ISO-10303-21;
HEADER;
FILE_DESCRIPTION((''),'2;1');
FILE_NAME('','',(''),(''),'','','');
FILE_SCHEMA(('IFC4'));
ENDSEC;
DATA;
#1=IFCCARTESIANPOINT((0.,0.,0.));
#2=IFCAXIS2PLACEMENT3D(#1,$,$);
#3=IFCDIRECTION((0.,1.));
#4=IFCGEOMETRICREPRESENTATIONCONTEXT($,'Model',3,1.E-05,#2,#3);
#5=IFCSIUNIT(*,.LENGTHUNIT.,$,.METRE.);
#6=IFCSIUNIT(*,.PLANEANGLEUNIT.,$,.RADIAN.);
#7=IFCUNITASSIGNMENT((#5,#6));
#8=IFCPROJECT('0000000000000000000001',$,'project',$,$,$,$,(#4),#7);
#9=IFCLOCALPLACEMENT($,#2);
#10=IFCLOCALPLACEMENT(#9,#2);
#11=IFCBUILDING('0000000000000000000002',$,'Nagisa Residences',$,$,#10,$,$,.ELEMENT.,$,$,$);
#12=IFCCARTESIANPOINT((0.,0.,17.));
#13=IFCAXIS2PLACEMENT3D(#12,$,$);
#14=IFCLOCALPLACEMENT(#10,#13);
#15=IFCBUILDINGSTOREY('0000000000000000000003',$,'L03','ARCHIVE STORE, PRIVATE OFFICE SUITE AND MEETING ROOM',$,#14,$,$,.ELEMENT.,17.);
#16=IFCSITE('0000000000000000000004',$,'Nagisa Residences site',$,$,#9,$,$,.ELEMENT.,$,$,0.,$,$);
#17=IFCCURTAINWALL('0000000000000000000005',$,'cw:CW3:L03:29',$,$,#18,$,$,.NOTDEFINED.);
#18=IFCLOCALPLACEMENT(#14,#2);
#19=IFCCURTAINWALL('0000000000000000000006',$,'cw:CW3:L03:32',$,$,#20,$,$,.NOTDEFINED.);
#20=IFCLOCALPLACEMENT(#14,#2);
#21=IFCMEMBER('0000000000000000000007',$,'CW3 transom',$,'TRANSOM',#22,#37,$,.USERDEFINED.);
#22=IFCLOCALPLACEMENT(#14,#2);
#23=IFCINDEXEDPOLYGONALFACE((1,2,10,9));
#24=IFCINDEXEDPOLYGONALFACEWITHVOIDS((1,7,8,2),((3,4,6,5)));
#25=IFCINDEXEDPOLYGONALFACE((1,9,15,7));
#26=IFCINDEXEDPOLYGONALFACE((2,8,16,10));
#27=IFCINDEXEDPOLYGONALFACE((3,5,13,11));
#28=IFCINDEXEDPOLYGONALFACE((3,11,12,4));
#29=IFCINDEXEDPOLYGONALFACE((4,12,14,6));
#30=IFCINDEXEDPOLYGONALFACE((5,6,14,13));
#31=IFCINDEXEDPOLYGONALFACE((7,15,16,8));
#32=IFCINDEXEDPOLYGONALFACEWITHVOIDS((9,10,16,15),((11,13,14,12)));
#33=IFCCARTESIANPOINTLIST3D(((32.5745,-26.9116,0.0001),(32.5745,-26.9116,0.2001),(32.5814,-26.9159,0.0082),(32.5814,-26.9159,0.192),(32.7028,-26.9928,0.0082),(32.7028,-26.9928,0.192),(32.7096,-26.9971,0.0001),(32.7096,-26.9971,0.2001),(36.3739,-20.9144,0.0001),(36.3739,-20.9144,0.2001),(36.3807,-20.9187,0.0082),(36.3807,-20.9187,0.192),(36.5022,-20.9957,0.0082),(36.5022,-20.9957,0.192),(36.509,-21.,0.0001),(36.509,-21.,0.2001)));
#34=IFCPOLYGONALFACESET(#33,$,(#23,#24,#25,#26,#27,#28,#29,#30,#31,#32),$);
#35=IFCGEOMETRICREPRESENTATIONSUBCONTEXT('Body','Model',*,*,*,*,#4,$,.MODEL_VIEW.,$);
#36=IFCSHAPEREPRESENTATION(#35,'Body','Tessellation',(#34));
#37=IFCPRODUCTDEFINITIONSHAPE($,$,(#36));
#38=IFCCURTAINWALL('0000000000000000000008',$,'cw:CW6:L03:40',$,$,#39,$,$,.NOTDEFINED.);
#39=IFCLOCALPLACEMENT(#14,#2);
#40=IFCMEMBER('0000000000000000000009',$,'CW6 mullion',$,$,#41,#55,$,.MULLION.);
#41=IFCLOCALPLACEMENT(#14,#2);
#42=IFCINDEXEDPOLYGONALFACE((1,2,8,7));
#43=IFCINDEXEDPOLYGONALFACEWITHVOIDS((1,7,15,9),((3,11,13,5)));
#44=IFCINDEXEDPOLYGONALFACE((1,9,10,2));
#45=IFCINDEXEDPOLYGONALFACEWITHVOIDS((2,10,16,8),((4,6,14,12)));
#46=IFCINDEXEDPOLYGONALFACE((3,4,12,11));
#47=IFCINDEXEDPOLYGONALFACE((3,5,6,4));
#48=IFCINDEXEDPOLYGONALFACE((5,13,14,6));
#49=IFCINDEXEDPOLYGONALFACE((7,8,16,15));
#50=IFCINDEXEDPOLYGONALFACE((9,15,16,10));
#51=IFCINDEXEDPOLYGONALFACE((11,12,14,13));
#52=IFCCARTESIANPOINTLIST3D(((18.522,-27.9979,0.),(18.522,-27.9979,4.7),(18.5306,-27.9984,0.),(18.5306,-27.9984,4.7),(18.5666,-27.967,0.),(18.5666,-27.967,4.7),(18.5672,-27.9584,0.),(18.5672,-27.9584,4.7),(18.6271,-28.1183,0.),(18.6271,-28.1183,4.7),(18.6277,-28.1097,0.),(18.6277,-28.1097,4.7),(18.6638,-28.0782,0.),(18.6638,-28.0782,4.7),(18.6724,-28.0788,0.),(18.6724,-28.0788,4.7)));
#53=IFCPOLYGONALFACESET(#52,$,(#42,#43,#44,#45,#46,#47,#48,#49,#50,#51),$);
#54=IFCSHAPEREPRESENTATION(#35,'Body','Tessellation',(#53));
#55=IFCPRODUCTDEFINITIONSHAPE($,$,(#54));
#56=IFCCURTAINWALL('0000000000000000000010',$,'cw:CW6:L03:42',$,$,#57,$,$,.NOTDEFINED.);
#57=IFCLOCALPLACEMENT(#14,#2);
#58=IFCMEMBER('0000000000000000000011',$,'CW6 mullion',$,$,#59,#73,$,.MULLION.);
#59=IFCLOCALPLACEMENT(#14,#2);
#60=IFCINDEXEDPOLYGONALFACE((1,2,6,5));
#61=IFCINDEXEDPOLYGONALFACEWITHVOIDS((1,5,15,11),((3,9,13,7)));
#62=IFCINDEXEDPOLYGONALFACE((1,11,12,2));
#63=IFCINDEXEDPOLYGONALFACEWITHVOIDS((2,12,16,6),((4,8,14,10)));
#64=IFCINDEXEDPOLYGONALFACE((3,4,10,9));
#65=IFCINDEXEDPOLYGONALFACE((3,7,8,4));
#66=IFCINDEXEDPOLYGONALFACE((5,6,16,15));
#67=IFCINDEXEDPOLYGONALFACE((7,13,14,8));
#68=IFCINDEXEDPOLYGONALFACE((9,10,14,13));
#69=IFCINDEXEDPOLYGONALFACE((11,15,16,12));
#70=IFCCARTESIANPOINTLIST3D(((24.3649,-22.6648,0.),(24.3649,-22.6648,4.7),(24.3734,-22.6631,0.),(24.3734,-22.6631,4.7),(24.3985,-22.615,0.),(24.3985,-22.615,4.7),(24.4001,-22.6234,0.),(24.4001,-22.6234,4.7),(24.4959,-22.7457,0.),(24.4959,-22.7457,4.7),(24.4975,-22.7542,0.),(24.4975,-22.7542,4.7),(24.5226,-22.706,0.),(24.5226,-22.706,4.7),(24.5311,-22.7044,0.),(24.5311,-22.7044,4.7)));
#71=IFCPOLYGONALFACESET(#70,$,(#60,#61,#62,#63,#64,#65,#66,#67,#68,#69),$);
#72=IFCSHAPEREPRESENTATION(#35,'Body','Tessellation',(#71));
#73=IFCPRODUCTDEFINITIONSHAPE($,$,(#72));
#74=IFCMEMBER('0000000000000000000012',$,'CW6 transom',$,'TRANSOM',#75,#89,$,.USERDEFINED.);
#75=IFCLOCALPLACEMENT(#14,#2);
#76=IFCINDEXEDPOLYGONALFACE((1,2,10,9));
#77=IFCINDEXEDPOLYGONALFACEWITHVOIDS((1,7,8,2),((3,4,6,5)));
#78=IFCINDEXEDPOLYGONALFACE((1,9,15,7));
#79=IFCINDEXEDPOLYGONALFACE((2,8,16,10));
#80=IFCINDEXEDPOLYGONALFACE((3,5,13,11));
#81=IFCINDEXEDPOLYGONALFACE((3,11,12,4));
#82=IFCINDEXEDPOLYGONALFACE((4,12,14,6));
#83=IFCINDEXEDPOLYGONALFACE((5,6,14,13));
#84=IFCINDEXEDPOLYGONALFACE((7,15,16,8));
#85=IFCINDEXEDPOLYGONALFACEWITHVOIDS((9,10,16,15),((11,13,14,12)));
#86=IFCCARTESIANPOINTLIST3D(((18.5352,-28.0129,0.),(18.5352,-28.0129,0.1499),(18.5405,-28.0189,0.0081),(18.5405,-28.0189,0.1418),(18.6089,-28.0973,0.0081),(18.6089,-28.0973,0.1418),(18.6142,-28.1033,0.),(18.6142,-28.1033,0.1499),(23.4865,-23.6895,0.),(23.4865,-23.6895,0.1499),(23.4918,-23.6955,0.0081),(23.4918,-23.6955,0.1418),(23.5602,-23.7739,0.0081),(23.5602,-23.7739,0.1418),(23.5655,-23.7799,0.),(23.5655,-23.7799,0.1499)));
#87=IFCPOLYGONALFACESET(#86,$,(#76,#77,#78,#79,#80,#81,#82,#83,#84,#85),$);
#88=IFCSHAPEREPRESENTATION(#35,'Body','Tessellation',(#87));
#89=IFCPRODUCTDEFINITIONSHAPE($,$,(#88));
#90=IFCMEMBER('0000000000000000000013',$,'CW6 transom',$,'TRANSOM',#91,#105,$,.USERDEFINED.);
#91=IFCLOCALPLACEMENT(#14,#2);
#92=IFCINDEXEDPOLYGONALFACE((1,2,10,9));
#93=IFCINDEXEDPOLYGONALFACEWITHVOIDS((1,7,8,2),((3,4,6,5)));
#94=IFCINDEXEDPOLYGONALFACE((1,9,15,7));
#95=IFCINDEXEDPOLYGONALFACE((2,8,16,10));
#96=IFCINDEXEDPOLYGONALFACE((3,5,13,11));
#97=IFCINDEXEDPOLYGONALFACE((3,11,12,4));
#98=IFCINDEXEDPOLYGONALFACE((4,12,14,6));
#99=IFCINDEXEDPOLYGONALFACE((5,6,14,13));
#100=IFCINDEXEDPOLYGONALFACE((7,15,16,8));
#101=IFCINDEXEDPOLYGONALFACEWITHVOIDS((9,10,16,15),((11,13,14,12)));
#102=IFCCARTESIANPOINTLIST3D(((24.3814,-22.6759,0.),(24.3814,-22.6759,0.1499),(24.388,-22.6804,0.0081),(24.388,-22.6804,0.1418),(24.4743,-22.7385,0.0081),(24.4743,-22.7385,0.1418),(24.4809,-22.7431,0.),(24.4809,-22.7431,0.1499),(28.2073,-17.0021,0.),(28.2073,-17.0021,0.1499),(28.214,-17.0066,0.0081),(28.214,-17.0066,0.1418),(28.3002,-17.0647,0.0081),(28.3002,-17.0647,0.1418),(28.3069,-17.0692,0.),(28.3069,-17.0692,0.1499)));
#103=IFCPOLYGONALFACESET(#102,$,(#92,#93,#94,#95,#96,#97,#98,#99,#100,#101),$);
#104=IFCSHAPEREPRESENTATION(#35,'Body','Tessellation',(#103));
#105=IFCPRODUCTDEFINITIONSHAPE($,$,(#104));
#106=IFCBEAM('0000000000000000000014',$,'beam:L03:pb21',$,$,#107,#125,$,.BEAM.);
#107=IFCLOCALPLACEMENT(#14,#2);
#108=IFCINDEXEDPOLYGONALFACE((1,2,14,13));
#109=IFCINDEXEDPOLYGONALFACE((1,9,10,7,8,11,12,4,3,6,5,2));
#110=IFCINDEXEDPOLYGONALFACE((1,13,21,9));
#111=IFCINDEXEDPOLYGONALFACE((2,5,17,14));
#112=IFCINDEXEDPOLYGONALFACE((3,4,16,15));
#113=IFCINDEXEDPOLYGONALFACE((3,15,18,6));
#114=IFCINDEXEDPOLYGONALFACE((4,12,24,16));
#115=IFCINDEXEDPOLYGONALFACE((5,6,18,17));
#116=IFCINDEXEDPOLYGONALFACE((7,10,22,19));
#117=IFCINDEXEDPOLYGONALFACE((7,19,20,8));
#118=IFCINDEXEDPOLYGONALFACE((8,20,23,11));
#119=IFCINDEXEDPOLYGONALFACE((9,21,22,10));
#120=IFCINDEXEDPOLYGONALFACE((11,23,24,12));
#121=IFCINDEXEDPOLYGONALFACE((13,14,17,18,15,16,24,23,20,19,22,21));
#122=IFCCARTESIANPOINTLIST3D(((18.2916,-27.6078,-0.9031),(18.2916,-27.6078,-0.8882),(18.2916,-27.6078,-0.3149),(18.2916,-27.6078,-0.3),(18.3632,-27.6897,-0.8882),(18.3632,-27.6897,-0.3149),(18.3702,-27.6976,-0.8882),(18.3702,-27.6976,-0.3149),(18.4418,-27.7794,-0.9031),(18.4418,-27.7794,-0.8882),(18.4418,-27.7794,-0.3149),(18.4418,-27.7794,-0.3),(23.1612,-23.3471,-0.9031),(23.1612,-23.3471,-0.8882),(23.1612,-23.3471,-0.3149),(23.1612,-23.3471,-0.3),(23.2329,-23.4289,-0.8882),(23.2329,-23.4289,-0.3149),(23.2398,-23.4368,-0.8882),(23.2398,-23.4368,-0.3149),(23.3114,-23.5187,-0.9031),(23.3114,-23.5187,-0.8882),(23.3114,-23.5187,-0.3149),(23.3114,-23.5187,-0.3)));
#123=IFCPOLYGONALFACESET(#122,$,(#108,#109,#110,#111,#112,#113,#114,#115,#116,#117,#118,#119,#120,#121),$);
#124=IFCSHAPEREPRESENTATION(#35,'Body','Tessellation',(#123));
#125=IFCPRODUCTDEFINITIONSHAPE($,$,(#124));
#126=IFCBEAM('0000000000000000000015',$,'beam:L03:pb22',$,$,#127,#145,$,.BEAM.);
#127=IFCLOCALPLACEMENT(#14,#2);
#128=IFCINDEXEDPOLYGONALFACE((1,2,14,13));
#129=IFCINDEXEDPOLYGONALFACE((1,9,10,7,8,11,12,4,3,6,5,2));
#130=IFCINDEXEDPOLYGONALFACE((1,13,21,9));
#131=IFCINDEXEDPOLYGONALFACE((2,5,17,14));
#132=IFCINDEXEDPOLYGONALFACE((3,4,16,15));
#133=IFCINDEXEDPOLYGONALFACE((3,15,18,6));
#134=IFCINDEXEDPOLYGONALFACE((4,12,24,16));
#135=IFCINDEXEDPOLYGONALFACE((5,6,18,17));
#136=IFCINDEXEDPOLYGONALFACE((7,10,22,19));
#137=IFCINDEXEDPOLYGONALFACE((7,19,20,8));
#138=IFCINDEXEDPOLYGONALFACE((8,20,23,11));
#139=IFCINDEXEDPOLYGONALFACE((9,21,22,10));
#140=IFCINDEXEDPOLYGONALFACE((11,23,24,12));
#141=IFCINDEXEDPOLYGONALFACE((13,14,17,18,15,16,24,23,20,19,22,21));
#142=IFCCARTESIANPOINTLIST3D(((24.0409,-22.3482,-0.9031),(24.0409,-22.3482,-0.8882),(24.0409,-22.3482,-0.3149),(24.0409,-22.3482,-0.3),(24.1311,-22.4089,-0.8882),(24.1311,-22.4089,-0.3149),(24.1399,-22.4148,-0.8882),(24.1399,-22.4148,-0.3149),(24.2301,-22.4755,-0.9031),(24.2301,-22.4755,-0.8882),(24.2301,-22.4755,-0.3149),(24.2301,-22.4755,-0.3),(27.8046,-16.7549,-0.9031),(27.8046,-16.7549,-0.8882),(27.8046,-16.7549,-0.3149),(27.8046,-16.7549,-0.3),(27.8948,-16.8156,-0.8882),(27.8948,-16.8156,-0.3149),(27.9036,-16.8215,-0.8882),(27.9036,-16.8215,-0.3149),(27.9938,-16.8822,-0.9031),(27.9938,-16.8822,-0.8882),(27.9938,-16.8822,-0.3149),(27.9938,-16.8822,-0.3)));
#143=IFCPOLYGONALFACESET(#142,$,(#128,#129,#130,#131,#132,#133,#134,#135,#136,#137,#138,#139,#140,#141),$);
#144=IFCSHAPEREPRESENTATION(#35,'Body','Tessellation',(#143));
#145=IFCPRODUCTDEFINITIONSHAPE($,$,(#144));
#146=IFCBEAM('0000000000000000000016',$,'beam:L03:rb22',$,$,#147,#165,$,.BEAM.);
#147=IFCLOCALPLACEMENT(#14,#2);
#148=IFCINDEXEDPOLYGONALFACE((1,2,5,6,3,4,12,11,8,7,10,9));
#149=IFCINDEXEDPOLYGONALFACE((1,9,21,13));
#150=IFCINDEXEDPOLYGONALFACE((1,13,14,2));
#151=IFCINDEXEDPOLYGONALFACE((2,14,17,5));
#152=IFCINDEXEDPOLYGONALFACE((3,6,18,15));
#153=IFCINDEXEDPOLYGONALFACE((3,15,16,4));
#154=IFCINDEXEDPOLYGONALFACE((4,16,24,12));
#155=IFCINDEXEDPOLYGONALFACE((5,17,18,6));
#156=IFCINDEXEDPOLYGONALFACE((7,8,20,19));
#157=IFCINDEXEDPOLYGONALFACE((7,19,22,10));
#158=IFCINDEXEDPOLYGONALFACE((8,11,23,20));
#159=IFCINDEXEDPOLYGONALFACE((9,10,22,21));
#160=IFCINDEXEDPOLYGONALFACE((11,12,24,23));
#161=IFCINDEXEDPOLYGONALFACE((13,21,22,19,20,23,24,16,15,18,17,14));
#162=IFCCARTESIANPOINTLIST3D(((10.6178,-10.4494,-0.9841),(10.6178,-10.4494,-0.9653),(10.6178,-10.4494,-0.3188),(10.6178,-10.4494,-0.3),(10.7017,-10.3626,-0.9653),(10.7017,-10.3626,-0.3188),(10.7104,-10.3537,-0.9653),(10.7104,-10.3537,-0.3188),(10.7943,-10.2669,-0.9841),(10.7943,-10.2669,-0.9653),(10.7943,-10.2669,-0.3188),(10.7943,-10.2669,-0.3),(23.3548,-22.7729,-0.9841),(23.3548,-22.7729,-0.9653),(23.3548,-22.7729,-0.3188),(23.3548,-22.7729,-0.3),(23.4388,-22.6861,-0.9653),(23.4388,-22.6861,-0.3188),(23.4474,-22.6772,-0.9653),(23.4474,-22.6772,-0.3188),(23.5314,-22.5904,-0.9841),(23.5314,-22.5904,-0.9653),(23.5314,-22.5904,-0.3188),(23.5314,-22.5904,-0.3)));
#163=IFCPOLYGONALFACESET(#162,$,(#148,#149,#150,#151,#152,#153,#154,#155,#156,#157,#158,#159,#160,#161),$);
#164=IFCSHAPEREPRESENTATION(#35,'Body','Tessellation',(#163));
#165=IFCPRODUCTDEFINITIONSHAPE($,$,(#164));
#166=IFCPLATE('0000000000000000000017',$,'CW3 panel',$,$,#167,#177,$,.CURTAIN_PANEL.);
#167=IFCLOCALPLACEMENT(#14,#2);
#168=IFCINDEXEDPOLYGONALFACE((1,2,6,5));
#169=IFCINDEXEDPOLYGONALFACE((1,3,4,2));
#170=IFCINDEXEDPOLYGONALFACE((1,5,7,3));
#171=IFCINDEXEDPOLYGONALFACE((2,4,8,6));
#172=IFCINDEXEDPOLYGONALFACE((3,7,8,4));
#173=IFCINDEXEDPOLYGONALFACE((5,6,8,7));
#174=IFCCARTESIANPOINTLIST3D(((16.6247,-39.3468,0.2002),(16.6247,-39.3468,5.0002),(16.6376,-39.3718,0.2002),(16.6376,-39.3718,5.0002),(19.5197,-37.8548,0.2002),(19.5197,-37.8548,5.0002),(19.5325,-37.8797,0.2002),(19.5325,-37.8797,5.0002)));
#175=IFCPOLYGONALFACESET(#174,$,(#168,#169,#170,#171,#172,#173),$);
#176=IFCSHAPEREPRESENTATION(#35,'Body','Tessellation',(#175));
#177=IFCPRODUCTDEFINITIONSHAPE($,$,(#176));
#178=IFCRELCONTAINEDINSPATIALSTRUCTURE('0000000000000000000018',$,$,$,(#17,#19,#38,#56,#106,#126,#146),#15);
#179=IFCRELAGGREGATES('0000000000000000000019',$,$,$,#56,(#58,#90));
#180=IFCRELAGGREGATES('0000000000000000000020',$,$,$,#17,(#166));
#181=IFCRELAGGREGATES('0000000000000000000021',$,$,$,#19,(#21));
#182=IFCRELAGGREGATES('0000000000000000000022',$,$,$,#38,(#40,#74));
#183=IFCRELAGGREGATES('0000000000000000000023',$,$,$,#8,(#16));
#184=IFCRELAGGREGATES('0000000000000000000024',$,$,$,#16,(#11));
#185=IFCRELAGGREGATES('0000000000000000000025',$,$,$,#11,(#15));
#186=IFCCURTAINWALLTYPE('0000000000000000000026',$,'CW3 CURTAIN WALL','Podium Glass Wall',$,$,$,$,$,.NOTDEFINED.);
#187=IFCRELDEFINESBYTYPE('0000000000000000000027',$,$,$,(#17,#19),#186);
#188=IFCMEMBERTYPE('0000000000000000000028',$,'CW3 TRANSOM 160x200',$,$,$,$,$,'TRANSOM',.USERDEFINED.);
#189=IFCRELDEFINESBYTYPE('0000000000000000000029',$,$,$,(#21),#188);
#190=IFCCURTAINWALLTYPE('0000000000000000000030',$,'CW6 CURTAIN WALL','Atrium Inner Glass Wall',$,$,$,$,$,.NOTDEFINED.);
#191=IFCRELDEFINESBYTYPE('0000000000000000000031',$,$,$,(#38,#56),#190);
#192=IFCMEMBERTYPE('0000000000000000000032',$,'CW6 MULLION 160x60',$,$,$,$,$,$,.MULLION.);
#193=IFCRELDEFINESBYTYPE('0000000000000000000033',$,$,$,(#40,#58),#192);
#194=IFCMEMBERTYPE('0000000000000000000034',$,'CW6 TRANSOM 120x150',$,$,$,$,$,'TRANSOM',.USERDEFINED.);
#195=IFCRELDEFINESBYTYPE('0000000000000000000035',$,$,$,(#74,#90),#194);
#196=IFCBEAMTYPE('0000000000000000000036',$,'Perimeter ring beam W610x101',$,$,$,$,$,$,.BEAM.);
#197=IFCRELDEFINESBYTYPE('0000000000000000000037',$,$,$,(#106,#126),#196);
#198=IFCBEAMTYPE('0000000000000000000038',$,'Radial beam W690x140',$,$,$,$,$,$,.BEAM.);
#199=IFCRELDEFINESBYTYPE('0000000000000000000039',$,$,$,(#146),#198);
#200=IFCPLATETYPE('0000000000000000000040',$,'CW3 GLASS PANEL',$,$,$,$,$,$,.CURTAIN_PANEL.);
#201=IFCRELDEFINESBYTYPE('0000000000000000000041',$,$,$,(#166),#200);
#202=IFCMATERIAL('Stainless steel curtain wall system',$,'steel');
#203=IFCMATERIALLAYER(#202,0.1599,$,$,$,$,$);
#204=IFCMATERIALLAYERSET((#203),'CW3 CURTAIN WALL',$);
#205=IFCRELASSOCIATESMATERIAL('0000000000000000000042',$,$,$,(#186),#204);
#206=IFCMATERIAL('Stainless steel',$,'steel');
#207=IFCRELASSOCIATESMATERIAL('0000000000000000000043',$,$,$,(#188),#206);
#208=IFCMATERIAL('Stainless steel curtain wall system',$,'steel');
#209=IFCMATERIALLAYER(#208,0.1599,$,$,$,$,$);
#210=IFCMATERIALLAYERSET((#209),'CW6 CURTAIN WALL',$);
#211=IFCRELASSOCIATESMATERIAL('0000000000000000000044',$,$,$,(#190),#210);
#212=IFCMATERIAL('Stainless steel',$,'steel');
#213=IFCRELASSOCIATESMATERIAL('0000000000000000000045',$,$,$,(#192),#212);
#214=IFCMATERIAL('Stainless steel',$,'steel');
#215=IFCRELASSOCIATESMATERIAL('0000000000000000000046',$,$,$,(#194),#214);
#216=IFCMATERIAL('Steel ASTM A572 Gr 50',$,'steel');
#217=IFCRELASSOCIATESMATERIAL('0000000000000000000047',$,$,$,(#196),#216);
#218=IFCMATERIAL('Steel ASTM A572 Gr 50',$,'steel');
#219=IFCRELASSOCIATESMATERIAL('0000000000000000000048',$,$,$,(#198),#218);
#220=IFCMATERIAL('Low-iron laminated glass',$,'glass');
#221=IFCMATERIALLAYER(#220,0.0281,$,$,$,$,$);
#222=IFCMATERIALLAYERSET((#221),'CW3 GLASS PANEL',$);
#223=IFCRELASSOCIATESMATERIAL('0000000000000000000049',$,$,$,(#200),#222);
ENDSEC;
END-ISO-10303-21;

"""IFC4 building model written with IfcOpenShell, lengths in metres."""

from ifc_helpers import new_model, si_unit, direction, frame, origin, origin_2d, place, context, subcontext, project, spatial, rectangle, hollow_rectangle, i_section, extrude, material, layer, layer_set, material_profile, profile_set, type_object, element, aggregate, save


model = new_model("IFC4")

# Units and contexts
model_context = context("Model", 3, precision=1e-05, world=origin(), true_north=direction((0.0, 1.0)))
body_context = subcontext(model_context, "Body", "Model", "MODEL_VIEW")
ifc_project = project(units=[si_unit("LENGTHUNIT", "METRE"), si_unit("PLANEANGLEUNIT", "RADIAN")], contexts=[model_context])

# Site, building, storey
site_placement = place(None, origin())
site = spatial("IfcSite", under=ifc_project, at=site_placement, Name="Nagisa Residences site", CompositionType="ELEMENT", RefElevation=0.0)
building_placement = place(site_placement, origin())
building = spatial("IfcBuilding", under=site, at=building_placement, Name="Nagisa Residences", CompositionType="ELEMENT")
storey_placement = place(building_placement, frame((0.0, 0.0, 17.0)))
storey = spatial("IfcBuildingStorey", under=building, at=storey_placement, Name="L03", Description="ARCHIVE STORE, PRIVATE OFFICE SUITE AND MEETING ROOM", CompositionType="ELEMENT", Elevation=17.0)

# Curtain walls
ifc_material_1 = material(Name="Stainless steel curtain wall system", Category="steel")
ifc_layer_1 = layer(ifc_material_1, 0.1599)
ifc_layer_set_1 = layer_set([ifc_layer_1], Name="CW3 CURTAIN WALL")
curtain_wall_type_1 = type_object("IfcCurtainWallType", Name="CW3 CURTAIN WALL", Description="Podium Glass Wall", PredefinedType="NOTDEFINED", material=ifc_layer_set_1)
curtain_wall_1_placement = place(storey_placement, origin())
curtain_wall_1 = element("IfcCurtainWall", 1, at=curtain_wall_1_placement, inside=storey, type_object=curtain_wall_type_1, Name="cw:CW3:L03:29", PredefinedType="NOTDEFINED")
curtain_wall_2_placement = place(storey_placement, origin())
curtain_wall_2 = element("IfcCurtainWall", 2, at=curtain_wall_2_placement, inside=storey, type_object=curtain_wall_type_1, Name="cw:CW3:L03:32", PredefinedType="NOTDEFINED")

# Member
ifc_material_2 = material(Name="Stainless steel", Category="steel")
ifc_material_profile_1 = material_profile(ifc_material_2, hollow_rectangle(XDim=0.1599, YDim=0.2, WallThickness=0.0081, at=origin_2d()), Name="CW3 TRANSOM 160x200")
ifc_profile_set_1 = profile_set([ifc_material_profile_1], Name="Stainless steel")
member_type_1 = type_object("IfcMemberType", Name="CW3 TRANSOM 160x200", ElementType="TRANSOM", PredefinedType="USERDEFINED", material=ifc_profile_set_1)
member_1_placement = place(storey_placement, frame((32.6421, -26.9543, 0.1001), z_axis=(0.53517, 0.844744, 0.0), x_axis=(-0.844744, 0.53517, 0.0)))
member_1 = element("IfcMember", 3, at=member_1_placement, type_object=member_type_1, Name="CW3 transom", ObjectType="TRANSOM", PredefinedType="USERDEFINED", context=body_context, shape_type="SweptSolid", body=[
    extrude(hollow_rectangle(XDim=0.1599, YDim=0.2, WallThickness=0.0081, at=origin_2d()), origin(), (0.0, 0.0, 1.0), 7.0994),
])

# Curtain walls, members
ifc_material_3 = material(Name="Stainless steel curtain wall system", Category="steel")
ifc_layer_2 = layer(ifc_material_3, 0.1599)
ifc_layer_set_2 = layer_set([ifc_layer_2], Name="CW6 CURTAIN WALL")
curtain_wall_type_2 = type_object("IfcCurtainWallType", Name="CW6 CURTAIN WALL", Description="Atrium Inner Glass Wall", PredefinedType="NOTDEFINED", material=ifc_layer_set_2)
curtain_wall_3_placement = place(storey_placement, origin())
curtain_wall_3 = element("IfcCurtainWall", 4, at=curtain_wall_3_placement, inside=storey, type_object=curtain_wall_type_2, Name="cw:CW6:L03:40", PredefinedType="NOTDEFINED")
ifc_material_4 = material(Name="Stainless steel", Category="steel")
ifc_material_profile_2 = material_profile(ifc_material_4, hollow_rectangle(XDim=0.1599, YDim=0.0601, WallThickness=0.0061, at=origin_2d()), Name="CW6 MULLION 160x60")
ifc_profile_set_2 = profile_set([ifc_material_profile_2], Name="Stainless steel")
member_type_2 = type_object("IfcMemberType", Name="CW6 MULLION 160x60", PredefinedType="MULLION", material=ifc_profile_set_2)
member_2_placement = place(storey_placement, frame((18.5972, -28.0383, 0.0), z_axis=(0.0, 0.0, 1.0), x_axis=(-0.657721, 0.753261, 0.0)))
member_2 = element("IfcMember", 5, at=member_2_placement, type_object=member_type_2, Name="CW6 mullion", PredefinedType="MULLION", context=body_context, shape_type="SweptSolid", body=[
    extrude(hollow_rectangle(XDim=0.1599, YDim=0.0601, WallThickness=0.0061, at=origin_2d()), origin(), (0.0, 0.0, 1.0), 4.7),
])
curtain_wall_4_placement = place(storey_placement, origin())
curtain_wall_4 = element("IfcCurtainWall", 6, at=curtain_wall_4_placement, inside=storey, type_object=curtain_wall_type_2, Name="cw:CW6:L03:42", PredefinedType="NOTDEFINED")
member_3_placement = place(storey_placement, frame((24.448, -22.6846, 0.0), z_axis=(0.0, 0.0, 1.0), x_axis=(-0.829111, 0.559084, 0.0)))
member_3 = element("IfcMember", 7, at=member_3_placement, type_object=member_type_2, Name="CW6 mullion", PredefinedType="MULLION", context=body_context, shape_type="SweptSolid", body=[
    extrude(hollow_rectangle(XDim=0.1599, YDim=0.0601, WallThickness=0.0061, at=origin_2d()), origin(), (0.0, 0.0, 1.0), 4.7),
])

# Members
ifc_material_5 = material(Name="Stainless steel", Category="steel")
ifc_material_profile_3 = material_profile(ifc_material_5, hollow_rectangle(XDim=0.1201, YDim=0.1499, WallThickness=0.0081, at=origin_2d()), Name="CW6 TRANSOM 120x150")
ifc_profile_set_3 = profile_set([ifc_material_profile_3], Name="Stainless steel")
member_type_3 = type_object("IfcMemberType", Name="CW6 TRANSOM 120x150", ElementType="TRANSOM", PredefinedType="USERDEFINED", material=ifc_profile_set_3)
member_4_placement = place(storey_placement, frame((18.5747, -28.0581, 0.075), z_axis=(0.753255, 0.657729, 0.0), x_axis=(-0.657729, 0.753255, 0.0)))
member_4 = element("IfcMember", 8, at=member_4_placement, type_object=member_type_3, Name="CW6 transom", ObjectType="TRANSOM", PredefinedType="USERDEFINED", context=body_context, shape_type="SweptSolid", body=[
    extrude(hollow_rectangle(XDim=0.1201, YDim=0.1499, WallThickness=0.0081, at=origin_2d()), origin(), (0.0, 0.0, 1.0), 6.5732),
])
member_5_placement = place(storey_placement, frame((24.4312, -22.7095, 0.075), z_axis=(0.559081, 0.829113, 0.0), x_axis=(-0.829113, 0.559081, 0.0)))
member_5 = element("IfcMember", 9, at=member_5_placement, type_object=member_type_3, Name="CW6 transom", ObjectType="TRANSOM", PredefinedType="USERDEFINED", context=body_context, shape_type="SweptSolid", body=[
    extrude(hollow_rectangle(XDim=0.1201, YDim=0.1499, WallThickness=0.0081, at=origin_2d()), origin(), (0.0, 0.0, 1.0), 6.8433),
])
aggregate(curtain_wall_4, [member_3, member_5])

# Beams
ifc_material_6 = material(Name="Steel ASTM A572 Gr 50", Category="steel")
ifc_material_profile_4 = material_profile(ifc_material_6, i_section(OverallWidth=0.228, OverallDepth=0.603, WebThickness=0.0105, FlangeThickness=0.0149, at=origin_2d()), Name="W610x101")
ifc_profile_set_4 = profile_set([ifc_material_profile_4], Name="Steel ASTM A572 Gr 50")
beam_type_1 = type_object("IfcBeamType", Name="Perimeter ring beam W610x101", PredefinedType="BEAM", material=ifc_profile_set_4)
beam_1_placement = place(storey_placement, frame((18.3667, -27.6936, -0.6016), z_axis=(0.752591, 0.658489, 0.0), x_axis=(-0.658489, 0.752591, 0.0)))
element("IfcBeam", 10, at=beam_1_placement, inside=storey, type_object=beam_type_1, Name="beam:L03:pb21", PredefinedType="BEAM", context=body_context, shape_type="SweptSolid", body=[
    extrude(i_section(OverallWidth=0.228, OverallDepth=0.603, WebThickness=0.0105, FlangeThickness=0.0149, at=origin_2d()), origin(), (0.0, 0.0, 1.0), 6.4705),
])
beam_2_placement = place(storey_placement, frame((24.1355, -22.4119, -0.6016), z_axis=(0.558272, 0.829658, 0.0), x_axis=(-0.829658, 0.558272, 0.0)))
element("IfcBeam", 11, at=beam_2_placement, inside=storey, type_object=beam_type_1, Name="beam:L03:pb22", PredefinedType="BEAM", context=body_context, shape_type="SweptSolid", body=[
    extrude(i_section(OverallWidth=0.228, OverallDepth=0.603, WebThickness=0.0105, FlangeThickness=0.0149, at=origin_2d()), origin(), (0.0, 0.0, 1.0), 6.7417),
])
ifc_material_7 = material(Name="Steel ASTM A572 Gr 50", Category="steel")
ifc_material_profile_5 = material_profile(ifc_material_7, i_section(OverallWidth=0.2539, OverallDepth=0.6841, WebThickness=0.0125, FlangeThickness=0.0188, at=origin_2d()), Name="W690x140")
ifc_profile_set_5 = profile_set([ifc_material_profile_5], Name="Steel ASTM A572 Gr 50")
beam_type_2 = type_object("IfcBeamType", Name="Radial beam W690x140", PredefinedType="BEAM", material=ifc_profile_set_5)
beam_3_placement = place(storey_placement, frame((23.4431, -22.6816, -0.6421), z_axis=(-0.718678, 0.695343, 0.0), x_axis=(-0.695343, -0.718678, 0.0)))
element("IfcBeam", 12, at=beam_3_placement, inside=storey, type_object=beam_type_2, Name="beam:L03:rb22", PredefinedType="BEAM", context=body_context, shape_type="SweptSolid", body=[
    extrude(i_section(OverallWidth=0.2539, OverallDepth=0.6841, WebThickness=0.0125, FlangeThickness=0.0188, at=origin_2d()), origin(), (0.0, 0.0, 1.0), 17.7229),
])

# Plate
ifc_material_8 = material(Name="Low-iron laminated glass", Category="glass")
ifc_layer_3 = layer(ifc_material_8, 0.0281)
ifc_layer_set_3 = layer_set([ifc_layer_3], Name="CW3 GLASS PANEL")
plate_type_1 = type_object("IfcPlateType", Name="CW3 GLASS PANEL", PredefinedType="CURTAIN_PANEL", material=ifc_layer_set_3)
plate_1_placement = place(storey_placement, frame((18.0786, -38.6133, 0.2002), z_axis=(0.0, 0.0, 1.0), x_axis=(0.888887, 0.458126, 0.0)))
plate_1 = element("IfcPlate", 13, at=plate_1_placement, type_object=plate_type_1, Name="CW3 panel", PredefinedType="CURTAIN_PANEL", context=body_context, shape_type="SweptSolid", body=[
    extrude(rectangle(XDim=3.2568, YDim=0.0281, at=origin_2d()), origin(), (0.0, 0.0, 1.0), 4.8),
])
aggregate(curtain_wall_1, [plate_1])
aggregate(curtain_wall_2, [member_1])
aggregate(curtain_wall_3, [member_2, member_4])

save(model, "model.ifc")
